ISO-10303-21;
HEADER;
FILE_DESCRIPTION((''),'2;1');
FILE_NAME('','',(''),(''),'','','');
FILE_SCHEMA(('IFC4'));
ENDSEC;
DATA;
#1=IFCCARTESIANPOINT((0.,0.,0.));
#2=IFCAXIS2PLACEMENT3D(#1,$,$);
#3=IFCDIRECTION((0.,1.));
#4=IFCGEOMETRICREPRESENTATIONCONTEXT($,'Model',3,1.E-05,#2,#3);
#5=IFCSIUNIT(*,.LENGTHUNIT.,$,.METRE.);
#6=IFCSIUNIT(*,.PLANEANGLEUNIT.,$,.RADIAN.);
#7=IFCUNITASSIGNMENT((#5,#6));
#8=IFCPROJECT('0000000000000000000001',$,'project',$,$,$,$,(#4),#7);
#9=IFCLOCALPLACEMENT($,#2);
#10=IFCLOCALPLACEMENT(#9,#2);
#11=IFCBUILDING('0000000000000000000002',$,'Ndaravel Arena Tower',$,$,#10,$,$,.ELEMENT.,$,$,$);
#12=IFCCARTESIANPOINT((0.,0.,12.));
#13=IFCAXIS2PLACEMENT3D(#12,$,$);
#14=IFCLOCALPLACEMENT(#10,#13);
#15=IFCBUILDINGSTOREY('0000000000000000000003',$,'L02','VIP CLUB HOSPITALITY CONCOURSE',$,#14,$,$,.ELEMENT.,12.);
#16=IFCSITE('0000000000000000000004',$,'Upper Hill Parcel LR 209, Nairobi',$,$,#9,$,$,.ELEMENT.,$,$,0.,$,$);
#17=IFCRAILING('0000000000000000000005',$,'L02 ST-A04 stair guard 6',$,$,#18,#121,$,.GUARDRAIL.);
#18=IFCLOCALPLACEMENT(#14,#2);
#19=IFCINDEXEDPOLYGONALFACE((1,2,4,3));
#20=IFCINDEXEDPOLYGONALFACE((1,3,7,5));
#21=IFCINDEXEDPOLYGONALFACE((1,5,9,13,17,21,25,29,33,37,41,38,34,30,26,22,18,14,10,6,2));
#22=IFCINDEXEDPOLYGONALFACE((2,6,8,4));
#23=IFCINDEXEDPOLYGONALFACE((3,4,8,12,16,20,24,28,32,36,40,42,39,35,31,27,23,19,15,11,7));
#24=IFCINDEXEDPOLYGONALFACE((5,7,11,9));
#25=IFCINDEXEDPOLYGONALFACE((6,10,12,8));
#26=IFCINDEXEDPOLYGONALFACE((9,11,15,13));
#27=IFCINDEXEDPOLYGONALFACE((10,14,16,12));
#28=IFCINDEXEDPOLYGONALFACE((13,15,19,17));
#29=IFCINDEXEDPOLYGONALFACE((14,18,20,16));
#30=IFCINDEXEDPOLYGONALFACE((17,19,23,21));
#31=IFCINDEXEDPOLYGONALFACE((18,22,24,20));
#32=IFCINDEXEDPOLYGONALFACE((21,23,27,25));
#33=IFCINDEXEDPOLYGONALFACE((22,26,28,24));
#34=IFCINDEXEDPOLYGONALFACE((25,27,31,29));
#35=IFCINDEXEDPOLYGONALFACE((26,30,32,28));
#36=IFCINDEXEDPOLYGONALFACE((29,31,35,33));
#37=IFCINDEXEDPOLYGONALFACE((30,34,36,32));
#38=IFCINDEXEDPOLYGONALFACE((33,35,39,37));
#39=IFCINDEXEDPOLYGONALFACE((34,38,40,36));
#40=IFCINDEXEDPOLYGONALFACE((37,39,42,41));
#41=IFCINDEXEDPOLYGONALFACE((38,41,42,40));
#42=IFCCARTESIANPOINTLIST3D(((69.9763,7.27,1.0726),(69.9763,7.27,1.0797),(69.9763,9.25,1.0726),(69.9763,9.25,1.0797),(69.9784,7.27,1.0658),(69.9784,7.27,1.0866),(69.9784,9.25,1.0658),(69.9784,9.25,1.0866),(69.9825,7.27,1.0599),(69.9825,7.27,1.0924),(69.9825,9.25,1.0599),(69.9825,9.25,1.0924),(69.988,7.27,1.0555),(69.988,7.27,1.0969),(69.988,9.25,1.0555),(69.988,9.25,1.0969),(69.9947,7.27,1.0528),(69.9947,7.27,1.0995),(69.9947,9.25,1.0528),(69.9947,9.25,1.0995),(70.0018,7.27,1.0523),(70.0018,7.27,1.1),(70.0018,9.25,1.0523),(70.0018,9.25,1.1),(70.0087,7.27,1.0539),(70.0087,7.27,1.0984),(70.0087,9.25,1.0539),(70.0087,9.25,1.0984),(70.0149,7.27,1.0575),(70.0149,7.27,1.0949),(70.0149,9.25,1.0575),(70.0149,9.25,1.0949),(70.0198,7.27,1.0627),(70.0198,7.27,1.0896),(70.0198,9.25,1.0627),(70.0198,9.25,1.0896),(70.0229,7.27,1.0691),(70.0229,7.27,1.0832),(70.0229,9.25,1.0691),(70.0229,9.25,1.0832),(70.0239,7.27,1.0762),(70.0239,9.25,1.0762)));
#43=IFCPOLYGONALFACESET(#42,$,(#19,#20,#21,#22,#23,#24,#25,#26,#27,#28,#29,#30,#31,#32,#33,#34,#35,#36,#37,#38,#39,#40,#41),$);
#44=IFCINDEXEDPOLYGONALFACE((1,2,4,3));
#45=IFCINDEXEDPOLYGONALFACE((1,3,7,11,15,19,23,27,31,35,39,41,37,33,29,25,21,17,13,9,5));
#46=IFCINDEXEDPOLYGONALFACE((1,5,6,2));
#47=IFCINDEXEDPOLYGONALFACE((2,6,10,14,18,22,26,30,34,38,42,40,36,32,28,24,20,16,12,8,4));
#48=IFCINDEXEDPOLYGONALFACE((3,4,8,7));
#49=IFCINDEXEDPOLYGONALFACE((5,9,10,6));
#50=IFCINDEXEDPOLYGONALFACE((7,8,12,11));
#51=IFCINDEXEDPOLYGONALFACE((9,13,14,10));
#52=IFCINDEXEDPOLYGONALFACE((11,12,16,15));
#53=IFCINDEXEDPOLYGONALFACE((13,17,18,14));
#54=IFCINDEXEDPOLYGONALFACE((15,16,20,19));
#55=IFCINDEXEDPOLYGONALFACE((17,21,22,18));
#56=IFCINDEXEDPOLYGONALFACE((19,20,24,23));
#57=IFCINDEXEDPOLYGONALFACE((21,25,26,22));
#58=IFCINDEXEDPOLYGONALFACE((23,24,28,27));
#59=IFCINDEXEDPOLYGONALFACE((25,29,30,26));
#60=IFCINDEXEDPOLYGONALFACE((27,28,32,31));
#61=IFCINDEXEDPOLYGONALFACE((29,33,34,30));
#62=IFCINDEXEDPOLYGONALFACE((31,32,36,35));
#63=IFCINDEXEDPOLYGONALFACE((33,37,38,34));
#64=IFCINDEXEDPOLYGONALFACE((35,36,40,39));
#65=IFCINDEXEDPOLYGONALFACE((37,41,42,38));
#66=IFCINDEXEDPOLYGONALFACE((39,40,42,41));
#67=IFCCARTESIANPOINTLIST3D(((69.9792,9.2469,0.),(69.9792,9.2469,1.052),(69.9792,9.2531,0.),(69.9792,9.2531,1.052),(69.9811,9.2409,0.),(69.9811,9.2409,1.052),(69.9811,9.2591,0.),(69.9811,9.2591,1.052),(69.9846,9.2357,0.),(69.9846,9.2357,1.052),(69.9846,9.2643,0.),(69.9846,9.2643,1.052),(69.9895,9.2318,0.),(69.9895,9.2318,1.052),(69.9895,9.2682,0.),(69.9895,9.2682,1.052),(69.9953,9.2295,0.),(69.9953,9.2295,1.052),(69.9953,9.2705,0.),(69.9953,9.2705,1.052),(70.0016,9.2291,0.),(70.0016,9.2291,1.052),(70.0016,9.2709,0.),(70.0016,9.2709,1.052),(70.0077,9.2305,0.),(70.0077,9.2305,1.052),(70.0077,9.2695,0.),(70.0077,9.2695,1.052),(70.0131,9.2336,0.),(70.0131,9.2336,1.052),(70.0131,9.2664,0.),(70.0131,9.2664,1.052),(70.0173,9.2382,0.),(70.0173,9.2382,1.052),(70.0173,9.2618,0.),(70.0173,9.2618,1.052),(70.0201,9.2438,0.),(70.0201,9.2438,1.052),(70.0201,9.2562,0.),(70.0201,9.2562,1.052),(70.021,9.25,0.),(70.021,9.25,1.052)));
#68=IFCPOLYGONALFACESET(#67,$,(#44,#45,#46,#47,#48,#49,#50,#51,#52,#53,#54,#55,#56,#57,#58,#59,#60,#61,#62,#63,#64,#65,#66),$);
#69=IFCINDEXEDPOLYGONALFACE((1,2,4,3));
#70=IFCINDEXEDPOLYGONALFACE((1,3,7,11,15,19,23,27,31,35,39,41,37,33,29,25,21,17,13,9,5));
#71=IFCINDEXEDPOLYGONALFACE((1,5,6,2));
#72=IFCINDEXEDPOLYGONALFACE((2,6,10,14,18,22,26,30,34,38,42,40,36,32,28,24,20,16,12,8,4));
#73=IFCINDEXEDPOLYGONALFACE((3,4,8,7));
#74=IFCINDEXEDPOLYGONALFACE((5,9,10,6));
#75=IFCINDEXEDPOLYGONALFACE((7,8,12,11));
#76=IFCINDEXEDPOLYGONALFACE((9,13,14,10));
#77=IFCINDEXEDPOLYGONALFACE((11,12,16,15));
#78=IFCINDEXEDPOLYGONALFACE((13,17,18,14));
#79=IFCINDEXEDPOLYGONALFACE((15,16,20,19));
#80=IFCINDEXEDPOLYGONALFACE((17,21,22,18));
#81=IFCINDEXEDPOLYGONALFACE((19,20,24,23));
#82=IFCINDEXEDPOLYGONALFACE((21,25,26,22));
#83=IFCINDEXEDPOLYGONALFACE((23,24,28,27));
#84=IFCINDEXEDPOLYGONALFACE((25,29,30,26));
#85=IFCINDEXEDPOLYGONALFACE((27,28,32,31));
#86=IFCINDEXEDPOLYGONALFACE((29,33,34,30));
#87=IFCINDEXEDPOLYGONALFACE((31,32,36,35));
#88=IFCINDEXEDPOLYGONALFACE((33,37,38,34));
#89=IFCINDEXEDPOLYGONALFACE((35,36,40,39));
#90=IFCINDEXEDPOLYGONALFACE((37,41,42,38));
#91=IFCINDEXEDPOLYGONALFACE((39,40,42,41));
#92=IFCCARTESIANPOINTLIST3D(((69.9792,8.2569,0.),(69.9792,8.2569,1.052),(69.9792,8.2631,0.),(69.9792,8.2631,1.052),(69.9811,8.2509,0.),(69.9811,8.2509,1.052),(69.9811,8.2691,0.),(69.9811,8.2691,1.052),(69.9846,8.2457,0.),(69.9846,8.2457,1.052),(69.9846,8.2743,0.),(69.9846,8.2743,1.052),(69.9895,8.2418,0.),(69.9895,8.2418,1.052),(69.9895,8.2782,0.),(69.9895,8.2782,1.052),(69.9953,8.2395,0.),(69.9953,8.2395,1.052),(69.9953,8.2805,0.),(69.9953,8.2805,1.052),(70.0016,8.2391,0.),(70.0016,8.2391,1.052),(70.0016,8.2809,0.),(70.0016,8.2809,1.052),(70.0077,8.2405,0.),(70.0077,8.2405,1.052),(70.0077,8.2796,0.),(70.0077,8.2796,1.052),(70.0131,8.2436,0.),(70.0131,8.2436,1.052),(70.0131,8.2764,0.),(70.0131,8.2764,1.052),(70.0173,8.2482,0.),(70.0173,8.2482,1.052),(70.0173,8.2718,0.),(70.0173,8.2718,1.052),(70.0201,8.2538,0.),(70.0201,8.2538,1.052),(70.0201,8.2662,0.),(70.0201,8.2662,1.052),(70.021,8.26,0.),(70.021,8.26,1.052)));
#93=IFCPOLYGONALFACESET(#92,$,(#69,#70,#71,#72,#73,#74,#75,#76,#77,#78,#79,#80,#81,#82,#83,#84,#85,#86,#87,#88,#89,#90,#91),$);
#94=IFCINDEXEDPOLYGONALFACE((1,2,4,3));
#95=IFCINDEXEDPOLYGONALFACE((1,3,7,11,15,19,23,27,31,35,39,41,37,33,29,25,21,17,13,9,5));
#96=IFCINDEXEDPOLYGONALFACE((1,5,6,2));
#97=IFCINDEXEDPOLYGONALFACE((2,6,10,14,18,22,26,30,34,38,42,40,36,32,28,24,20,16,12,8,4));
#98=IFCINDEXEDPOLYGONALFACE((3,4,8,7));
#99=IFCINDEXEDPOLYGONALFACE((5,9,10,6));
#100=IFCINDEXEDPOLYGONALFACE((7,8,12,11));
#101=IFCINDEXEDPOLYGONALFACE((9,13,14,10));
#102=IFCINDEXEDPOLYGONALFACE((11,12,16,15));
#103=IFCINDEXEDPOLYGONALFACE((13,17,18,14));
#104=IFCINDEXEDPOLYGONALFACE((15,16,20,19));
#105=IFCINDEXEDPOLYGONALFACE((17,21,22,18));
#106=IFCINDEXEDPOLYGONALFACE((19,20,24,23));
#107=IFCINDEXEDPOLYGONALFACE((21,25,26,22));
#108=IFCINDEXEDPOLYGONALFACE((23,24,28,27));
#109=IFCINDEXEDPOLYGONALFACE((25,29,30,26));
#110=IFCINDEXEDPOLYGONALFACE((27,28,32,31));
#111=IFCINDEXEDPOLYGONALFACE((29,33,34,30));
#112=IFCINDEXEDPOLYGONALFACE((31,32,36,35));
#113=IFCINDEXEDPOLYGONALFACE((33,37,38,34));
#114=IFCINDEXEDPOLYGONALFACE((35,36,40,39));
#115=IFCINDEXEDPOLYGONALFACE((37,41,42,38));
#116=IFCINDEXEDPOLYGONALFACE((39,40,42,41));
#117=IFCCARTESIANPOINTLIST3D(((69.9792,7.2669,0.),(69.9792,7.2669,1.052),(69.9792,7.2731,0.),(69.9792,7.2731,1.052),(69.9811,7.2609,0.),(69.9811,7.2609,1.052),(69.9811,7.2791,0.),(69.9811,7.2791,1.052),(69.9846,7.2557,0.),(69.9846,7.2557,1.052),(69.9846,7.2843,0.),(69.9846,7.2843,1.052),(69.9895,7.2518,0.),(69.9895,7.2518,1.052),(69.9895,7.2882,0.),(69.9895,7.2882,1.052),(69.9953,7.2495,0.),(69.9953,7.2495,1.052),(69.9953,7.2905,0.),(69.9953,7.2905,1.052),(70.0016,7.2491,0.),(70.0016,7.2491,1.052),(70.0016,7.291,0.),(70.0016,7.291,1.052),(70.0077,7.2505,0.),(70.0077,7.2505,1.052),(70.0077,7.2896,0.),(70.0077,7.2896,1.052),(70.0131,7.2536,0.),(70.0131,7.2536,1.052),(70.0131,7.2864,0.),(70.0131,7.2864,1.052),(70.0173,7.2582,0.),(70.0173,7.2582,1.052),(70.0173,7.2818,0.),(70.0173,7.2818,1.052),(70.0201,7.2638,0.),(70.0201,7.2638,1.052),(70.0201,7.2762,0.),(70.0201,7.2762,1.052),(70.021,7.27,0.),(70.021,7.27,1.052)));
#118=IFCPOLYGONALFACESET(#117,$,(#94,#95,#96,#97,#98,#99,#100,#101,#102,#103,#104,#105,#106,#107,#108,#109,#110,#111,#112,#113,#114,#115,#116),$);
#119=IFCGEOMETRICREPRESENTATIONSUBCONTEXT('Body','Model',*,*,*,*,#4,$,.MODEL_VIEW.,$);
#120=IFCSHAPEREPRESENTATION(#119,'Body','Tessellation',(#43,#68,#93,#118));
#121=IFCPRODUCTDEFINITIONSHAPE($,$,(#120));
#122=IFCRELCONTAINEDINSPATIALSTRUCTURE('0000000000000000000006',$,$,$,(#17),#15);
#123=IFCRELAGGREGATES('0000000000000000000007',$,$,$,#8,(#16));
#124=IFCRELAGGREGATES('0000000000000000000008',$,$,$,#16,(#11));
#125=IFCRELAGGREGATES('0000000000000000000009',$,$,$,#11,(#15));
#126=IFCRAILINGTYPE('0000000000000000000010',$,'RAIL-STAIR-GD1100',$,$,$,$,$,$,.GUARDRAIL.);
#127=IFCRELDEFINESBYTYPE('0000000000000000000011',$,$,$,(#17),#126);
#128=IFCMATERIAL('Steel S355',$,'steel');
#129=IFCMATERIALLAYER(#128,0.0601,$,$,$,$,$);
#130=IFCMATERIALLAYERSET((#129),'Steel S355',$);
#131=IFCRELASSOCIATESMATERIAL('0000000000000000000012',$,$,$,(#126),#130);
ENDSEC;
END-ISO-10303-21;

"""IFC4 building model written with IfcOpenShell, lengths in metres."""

from ifc_helpers import new_model, si_unit, direction, frame, origin, origin_2d, place, context, subcontext, project, spatial, circle, extrude, material, layer, layer_set, type_object, element, save


model = new_model("IFC4")

# Units and contexts
model_context = context("Model", 3, precision=1e-05, world=origin(), true_north=direction((0.0, 1.0)))
body_context = subcontext(model_context, "Body", "Model", "MODEL_VIEW")
ifc_project = project(units=[si_unit("LENGTHUNIT", "METRE"), si_unit("PLANEANGLEUNIT", "RADIAN")], contexts=[model_context])

# Site, building, storey
site_placement = place(None, origin())
site = spatial("IfcSite", under=ifc_project, at=site_placement, Name="Upper Hill Parcel LR 209, Nairobi", CompositionType="ELEMENT", RefElevation=0.0)
building_placement = place(site_placement, origin())
building = spatial("IfcBuilding", under=site, at=building_placement, Name="Ndaravel Arena Tower", CompositionType="ELEMENT")
storey_placement = place(building_placement, frame((0.0, 0.0, 12.0)))
storey = spatial("IfcBuildingStorey", under=building, at=storey_placement, Name="L02", Description="VIP CLUB HOSPITALITY CONCOURSE", CompositionType="ELEMENT", Elevation=12.0)

# Railing
ifc_material_1 = material(Name="Steel S355", Category="steel")
ifc_layer_1 = layer(ifc_material_1, 0.0601)
ifc_layer_set_1 = layer_set([ifc_layer_1], Name="Steel S355")
railing_type_1 = type_object("IfcRailingType", Name="RAIL-STAIR-GD1100", PredefinedType="GUARDRAIL", material=ifc_layer_set_1)
for number, where, name in (
    (1, (70.0, 9.25, 0.0), "L02 ST-A04 stair guard 6"),
):
    element("IfcRailing", number, at=place(storey_placement, frame(where)), inside=storey, type_object=railing_type_1, Name=name, PredefinedType="GUARDRAIL", context=body_context, shape_type="SweptSolid", body=[
        extrude(circle(Radius=0.0239, at=origin_2d()), frame((0.0, 0.0, 1.0762), z_axis=(0.0, -1.0, 0.0), x_axis=(1.0, 0.0, 0.0)), (0.0, 0.0, 1.0), 1.98),
        extrude(circle(Radius=0.021, at=origin_2d()), origin(), (0.0, 0.0, 1.0), 1.052),
        extrude(circle(Radius=0.021, at=origin_2d()), frame((0.0, -0.99, 0.0)), (0.0, 0.0, 1.0), 1.052),
        extrude(circle(Radius=0.021, at=origin_2d()), frame((0.0, -1.98, 0.0)), (0.0, 0.0, 1.0), 1.052),
    ])

save(model, "model.ifc")
